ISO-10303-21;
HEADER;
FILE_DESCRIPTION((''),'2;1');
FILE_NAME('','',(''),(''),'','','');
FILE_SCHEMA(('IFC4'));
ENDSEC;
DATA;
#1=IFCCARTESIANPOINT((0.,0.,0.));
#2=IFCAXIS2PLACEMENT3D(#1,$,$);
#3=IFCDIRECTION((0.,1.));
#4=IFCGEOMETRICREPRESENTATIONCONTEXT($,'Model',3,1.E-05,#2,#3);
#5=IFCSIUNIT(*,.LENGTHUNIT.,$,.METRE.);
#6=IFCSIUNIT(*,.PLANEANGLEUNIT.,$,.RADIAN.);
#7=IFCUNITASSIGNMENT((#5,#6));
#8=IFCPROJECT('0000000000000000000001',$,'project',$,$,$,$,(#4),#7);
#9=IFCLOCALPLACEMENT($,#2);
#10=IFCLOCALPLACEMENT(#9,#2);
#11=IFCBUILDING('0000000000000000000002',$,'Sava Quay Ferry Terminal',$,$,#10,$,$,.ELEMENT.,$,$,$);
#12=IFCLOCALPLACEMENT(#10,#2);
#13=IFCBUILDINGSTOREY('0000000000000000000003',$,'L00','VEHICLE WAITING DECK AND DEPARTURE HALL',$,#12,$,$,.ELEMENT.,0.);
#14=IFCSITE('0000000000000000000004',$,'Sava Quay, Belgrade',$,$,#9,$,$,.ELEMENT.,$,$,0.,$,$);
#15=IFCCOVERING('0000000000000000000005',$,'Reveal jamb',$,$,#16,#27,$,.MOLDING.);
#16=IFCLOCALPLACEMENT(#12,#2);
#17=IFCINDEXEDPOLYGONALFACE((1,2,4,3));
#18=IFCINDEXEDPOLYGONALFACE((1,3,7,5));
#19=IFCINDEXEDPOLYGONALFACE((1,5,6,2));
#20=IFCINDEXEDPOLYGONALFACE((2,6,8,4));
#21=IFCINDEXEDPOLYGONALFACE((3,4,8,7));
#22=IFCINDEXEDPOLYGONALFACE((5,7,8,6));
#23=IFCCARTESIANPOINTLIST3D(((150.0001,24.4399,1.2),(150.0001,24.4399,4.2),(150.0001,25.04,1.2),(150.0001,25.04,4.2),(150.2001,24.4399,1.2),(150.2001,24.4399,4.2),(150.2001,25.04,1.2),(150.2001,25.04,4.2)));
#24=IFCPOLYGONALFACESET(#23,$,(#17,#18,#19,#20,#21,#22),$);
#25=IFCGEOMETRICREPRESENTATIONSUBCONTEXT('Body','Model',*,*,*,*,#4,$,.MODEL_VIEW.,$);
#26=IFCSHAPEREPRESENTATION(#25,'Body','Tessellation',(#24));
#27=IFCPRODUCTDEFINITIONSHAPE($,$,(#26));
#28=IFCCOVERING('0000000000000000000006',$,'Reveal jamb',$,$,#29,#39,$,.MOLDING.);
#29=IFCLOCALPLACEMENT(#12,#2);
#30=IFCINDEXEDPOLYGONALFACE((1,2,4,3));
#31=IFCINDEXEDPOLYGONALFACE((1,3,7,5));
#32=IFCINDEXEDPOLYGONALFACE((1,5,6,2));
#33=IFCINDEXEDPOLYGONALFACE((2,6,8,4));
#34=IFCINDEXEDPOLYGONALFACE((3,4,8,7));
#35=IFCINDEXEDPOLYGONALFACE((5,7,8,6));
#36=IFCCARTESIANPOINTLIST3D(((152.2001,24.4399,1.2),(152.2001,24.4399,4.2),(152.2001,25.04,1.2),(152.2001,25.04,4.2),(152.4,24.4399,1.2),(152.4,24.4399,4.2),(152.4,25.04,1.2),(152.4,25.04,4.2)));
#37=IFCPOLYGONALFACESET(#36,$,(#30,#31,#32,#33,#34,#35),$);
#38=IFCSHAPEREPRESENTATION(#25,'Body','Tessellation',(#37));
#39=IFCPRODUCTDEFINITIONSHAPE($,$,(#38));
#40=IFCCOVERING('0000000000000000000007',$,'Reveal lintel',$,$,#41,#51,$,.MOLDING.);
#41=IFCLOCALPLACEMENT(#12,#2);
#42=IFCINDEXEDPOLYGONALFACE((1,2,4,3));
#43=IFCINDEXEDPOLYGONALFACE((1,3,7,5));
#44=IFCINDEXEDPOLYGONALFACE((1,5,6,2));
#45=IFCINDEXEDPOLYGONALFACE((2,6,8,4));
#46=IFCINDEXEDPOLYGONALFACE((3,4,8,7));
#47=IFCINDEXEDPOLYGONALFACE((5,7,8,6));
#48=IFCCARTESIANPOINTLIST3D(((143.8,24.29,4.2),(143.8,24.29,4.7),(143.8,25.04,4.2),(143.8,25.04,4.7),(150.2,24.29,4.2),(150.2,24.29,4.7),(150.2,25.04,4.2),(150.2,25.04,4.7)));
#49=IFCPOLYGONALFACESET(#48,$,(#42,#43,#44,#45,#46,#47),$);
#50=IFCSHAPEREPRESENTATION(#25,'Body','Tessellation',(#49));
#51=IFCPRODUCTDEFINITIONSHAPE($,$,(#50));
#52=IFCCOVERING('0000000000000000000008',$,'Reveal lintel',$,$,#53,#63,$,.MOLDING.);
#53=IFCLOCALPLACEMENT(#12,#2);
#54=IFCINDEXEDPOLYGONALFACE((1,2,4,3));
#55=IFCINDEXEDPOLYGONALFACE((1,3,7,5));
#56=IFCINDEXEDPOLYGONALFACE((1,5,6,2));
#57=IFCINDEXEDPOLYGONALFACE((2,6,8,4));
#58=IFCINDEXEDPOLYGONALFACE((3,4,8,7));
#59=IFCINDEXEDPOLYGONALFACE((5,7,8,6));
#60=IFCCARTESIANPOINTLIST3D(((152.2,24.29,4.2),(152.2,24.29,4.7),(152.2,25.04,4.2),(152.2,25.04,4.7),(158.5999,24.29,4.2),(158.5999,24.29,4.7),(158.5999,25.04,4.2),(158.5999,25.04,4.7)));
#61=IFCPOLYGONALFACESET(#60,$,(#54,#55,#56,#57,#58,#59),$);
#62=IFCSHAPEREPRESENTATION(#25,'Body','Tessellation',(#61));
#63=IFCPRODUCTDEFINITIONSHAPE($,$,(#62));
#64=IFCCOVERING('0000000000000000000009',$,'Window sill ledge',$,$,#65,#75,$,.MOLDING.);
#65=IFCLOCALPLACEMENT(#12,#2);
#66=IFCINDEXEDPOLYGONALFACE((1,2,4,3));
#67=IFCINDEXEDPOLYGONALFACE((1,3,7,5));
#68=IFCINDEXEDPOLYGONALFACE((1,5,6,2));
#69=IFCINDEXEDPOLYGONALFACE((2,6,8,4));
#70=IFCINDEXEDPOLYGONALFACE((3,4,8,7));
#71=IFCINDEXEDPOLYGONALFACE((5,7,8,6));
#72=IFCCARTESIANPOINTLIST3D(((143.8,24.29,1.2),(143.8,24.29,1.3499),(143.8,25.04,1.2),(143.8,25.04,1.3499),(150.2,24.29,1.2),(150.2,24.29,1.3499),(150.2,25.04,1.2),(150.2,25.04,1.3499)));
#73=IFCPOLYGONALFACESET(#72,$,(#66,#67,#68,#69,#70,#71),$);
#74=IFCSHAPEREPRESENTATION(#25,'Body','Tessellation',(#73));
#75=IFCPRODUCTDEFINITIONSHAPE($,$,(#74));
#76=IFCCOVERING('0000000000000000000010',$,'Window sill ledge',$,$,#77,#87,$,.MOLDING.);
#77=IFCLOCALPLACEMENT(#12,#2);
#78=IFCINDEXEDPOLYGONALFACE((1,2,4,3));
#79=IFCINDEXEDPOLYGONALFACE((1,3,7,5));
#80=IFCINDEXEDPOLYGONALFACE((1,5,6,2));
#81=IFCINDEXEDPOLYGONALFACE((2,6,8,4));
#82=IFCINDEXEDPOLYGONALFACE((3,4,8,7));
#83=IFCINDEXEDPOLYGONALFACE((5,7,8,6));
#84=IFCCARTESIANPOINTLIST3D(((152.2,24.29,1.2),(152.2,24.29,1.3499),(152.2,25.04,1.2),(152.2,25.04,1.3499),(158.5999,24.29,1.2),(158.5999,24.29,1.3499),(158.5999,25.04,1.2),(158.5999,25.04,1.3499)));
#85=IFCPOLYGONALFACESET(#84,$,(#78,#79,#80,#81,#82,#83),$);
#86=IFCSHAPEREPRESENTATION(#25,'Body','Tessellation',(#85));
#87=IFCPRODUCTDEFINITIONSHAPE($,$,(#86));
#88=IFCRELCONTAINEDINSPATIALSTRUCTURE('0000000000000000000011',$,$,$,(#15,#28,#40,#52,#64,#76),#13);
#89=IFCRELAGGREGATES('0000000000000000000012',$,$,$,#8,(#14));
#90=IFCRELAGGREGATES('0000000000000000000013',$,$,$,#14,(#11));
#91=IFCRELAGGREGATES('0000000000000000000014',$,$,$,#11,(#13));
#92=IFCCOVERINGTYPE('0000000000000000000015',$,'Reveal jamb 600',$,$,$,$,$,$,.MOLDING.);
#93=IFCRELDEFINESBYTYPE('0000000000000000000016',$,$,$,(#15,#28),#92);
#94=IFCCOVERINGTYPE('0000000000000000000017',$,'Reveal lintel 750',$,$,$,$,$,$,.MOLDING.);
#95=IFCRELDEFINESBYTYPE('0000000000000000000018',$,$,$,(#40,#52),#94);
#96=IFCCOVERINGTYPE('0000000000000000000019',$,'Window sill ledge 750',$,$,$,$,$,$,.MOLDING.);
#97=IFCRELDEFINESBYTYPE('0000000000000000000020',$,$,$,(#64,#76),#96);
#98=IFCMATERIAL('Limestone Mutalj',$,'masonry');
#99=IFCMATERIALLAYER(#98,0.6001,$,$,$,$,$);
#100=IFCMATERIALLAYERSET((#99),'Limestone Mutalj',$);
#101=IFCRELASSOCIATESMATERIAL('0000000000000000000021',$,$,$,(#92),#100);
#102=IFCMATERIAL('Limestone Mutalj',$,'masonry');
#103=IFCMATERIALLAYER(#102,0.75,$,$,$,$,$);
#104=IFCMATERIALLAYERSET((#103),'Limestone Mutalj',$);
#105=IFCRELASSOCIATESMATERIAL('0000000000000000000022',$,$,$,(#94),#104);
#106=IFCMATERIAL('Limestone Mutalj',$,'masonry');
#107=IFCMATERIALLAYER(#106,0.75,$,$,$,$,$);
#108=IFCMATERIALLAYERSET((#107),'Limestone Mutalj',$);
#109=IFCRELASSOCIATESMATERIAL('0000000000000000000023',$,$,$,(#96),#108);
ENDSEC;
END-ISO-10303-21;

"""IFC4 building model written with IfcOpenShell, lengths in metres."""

from ifc_helpers import new_model, si_unit, direction, frame, origin, origin_2d, place, context, subcontext, project, spatial, rectangle, extrude, material, layer, layer_set, type_object, element, save


model = new_model("IFC4")

# Units and contexts
model_context = context("Model", 3, precision=1e-05, world=origin(), true_north=direction((0.0, 1.0)))
body_context = subcontext(model_context, "Body", "Model", "MODEL_VIEW")
ifc_project = project(units=[si_unit("LENGTHUNIT", "METRE"), si_unit("PLANEANGLEUNIT", "RADIAN")], contexts=[model_context])

# Site, building, storey
site_placement = place(None, origin())
site = spatial("IfcSite", under=ifc_project, at=site_placement, Name="Sava Quay, Belgrade", CompositionType="ELEMENT", RefElevation=0.0)
building_placement = place(site_placement, origin())
building = spatial("IfcBuilding", under=site, at=building_placement, Name="Sava Quay Ferry Terminal", CompositionType="ELEMENT")
storey_placement = place(building_placement, origin())
storey = spatial("IfcBuildingStorey", under=building, at=storey_placement, Name="L00", Description="VEHICLE WAITING DECK AND DEPARTURE HALL", CompositionType="ELEMENT", Elevation=0.0)

# Coverings
ifc_material_1 = material(Name="Limestone Mutalj", Category="masonry")
ifc_layer_1 = layer(ifc_material_1, 0.6001)
ifc_layer_set_1 = layer_set([ifc_layer_1], Name="Limestone Mutalj")
covering_type_1 = type_object("IfcCoveringType", Name="Reveal jamb 600", PredefinedType="MOLDING", material=ifc_layer_set_1)
for number, where, z_axis, x_axis, name in (
    (1, (150.1001, 24.74, 1.2), (0.0, 0.0, 1.0), (1.0, 0.0, 0.0), "Reveal jamb"),
    (2, (152.3, 24.74, 1.2), (0.0, 0.0, 1.0), (1.0, 0.0, 0.0), "Reveal jamb"),
):
    element("IfcCovering", number, at=place(storey_placement, frame(where, z_axis=z_axis, x_axis=x_axis)), inside=storey, type_object=covering_type_1, Name=name, PredefinedType="MOLDING", context=body_context, shape_type="SweptSolid", body=[
        extrude(rectangle(XDim=0.2, YDim=0.6001, at=origin_2d()), origin(), (0.0, 0.0, 1.0), 3.0),
    ])
ifc_material_2 = material(Name="Limestone Mutalj", Category="masonry")
ifc_layer_2 = layer(ifc_material_2, 0.75)
ifc_layer_set_2 = layer_set([ifc_layer_2], Name="Limestone Mutalj")
covering_type_2 = type_object("IfcCoveringType", Name="Reveal lintel 750", PredefinedType="MOLDING", material=ifc_layer_set_2)
for number, where, z_axis, x_axis, name in (
    (3, (147.0, 24.665, 4.2), (0.0, 0.0, 1.0), (1.0, 0.0, 0.0), "Reveal lintel"),
    (4, (155.3999, 24.665, 4.2), (0.0, 0.0, 1.0), (1.0, 0.0, 0.0), "Reveal lintel"),
):
    element("IfcCovering", number, at=place(storey_placement, frame(where, z_axis=z_axis, x_axis=x_axis)), inside=storey, type_object=covering_type_2, Name=name, PredefinedType="MOLDING", context=body_context, shape_type="SweptSolid", body=[
        extrude(rectangle(XDim=6.3999, YDim=0.75, at=origin_2d()), origin(), (0.0, 0.0, 1.0), 0.5),
    ])
ifc_material_3 = material(Name="Limestone Mutalj", Category="masonry")
ifc_layer_3 = layer(ifc_material_3, 0.75)
ifc_layer_set_3 = layer_set([ifc_layer_3], Name="Limestone Mutalj")
covering_type_3 = type_object("IfcCoveringType", Name="Window sill ledge 750", PredefinedType="MOLDING", material=ifc_layer_set_3)
for number, where, z_axis, x_axis, name in (
    (5, (147.0, 24.665, 1.2), (0.0, 0.0, 1.0), (1.0, 0.0, 0.0), "Window sill ledge"),
    (6, (155.3999, 24.665, 1.2), (0.0, 0.0, 1.0), (1.0, 0.0, 0.0), "Window sill ledge"),
):
    element("IfcCovering", number, at=place(storey_placement, frame(where, z_axis=z_axis, x_axis=x_axis)), inside=storey, type_object=covering_type_3, Name=name, PredefinedType="MOLDING", context=body_context, shape_type="SweptSolid", body=[
        extrude(rectangle(XDim=6.3999, YDim=0.75, at=origin_2d()), origin(), (0.0, 0.0, 1.0), 0.1499),
    ])

save(model, "model.ifc")
